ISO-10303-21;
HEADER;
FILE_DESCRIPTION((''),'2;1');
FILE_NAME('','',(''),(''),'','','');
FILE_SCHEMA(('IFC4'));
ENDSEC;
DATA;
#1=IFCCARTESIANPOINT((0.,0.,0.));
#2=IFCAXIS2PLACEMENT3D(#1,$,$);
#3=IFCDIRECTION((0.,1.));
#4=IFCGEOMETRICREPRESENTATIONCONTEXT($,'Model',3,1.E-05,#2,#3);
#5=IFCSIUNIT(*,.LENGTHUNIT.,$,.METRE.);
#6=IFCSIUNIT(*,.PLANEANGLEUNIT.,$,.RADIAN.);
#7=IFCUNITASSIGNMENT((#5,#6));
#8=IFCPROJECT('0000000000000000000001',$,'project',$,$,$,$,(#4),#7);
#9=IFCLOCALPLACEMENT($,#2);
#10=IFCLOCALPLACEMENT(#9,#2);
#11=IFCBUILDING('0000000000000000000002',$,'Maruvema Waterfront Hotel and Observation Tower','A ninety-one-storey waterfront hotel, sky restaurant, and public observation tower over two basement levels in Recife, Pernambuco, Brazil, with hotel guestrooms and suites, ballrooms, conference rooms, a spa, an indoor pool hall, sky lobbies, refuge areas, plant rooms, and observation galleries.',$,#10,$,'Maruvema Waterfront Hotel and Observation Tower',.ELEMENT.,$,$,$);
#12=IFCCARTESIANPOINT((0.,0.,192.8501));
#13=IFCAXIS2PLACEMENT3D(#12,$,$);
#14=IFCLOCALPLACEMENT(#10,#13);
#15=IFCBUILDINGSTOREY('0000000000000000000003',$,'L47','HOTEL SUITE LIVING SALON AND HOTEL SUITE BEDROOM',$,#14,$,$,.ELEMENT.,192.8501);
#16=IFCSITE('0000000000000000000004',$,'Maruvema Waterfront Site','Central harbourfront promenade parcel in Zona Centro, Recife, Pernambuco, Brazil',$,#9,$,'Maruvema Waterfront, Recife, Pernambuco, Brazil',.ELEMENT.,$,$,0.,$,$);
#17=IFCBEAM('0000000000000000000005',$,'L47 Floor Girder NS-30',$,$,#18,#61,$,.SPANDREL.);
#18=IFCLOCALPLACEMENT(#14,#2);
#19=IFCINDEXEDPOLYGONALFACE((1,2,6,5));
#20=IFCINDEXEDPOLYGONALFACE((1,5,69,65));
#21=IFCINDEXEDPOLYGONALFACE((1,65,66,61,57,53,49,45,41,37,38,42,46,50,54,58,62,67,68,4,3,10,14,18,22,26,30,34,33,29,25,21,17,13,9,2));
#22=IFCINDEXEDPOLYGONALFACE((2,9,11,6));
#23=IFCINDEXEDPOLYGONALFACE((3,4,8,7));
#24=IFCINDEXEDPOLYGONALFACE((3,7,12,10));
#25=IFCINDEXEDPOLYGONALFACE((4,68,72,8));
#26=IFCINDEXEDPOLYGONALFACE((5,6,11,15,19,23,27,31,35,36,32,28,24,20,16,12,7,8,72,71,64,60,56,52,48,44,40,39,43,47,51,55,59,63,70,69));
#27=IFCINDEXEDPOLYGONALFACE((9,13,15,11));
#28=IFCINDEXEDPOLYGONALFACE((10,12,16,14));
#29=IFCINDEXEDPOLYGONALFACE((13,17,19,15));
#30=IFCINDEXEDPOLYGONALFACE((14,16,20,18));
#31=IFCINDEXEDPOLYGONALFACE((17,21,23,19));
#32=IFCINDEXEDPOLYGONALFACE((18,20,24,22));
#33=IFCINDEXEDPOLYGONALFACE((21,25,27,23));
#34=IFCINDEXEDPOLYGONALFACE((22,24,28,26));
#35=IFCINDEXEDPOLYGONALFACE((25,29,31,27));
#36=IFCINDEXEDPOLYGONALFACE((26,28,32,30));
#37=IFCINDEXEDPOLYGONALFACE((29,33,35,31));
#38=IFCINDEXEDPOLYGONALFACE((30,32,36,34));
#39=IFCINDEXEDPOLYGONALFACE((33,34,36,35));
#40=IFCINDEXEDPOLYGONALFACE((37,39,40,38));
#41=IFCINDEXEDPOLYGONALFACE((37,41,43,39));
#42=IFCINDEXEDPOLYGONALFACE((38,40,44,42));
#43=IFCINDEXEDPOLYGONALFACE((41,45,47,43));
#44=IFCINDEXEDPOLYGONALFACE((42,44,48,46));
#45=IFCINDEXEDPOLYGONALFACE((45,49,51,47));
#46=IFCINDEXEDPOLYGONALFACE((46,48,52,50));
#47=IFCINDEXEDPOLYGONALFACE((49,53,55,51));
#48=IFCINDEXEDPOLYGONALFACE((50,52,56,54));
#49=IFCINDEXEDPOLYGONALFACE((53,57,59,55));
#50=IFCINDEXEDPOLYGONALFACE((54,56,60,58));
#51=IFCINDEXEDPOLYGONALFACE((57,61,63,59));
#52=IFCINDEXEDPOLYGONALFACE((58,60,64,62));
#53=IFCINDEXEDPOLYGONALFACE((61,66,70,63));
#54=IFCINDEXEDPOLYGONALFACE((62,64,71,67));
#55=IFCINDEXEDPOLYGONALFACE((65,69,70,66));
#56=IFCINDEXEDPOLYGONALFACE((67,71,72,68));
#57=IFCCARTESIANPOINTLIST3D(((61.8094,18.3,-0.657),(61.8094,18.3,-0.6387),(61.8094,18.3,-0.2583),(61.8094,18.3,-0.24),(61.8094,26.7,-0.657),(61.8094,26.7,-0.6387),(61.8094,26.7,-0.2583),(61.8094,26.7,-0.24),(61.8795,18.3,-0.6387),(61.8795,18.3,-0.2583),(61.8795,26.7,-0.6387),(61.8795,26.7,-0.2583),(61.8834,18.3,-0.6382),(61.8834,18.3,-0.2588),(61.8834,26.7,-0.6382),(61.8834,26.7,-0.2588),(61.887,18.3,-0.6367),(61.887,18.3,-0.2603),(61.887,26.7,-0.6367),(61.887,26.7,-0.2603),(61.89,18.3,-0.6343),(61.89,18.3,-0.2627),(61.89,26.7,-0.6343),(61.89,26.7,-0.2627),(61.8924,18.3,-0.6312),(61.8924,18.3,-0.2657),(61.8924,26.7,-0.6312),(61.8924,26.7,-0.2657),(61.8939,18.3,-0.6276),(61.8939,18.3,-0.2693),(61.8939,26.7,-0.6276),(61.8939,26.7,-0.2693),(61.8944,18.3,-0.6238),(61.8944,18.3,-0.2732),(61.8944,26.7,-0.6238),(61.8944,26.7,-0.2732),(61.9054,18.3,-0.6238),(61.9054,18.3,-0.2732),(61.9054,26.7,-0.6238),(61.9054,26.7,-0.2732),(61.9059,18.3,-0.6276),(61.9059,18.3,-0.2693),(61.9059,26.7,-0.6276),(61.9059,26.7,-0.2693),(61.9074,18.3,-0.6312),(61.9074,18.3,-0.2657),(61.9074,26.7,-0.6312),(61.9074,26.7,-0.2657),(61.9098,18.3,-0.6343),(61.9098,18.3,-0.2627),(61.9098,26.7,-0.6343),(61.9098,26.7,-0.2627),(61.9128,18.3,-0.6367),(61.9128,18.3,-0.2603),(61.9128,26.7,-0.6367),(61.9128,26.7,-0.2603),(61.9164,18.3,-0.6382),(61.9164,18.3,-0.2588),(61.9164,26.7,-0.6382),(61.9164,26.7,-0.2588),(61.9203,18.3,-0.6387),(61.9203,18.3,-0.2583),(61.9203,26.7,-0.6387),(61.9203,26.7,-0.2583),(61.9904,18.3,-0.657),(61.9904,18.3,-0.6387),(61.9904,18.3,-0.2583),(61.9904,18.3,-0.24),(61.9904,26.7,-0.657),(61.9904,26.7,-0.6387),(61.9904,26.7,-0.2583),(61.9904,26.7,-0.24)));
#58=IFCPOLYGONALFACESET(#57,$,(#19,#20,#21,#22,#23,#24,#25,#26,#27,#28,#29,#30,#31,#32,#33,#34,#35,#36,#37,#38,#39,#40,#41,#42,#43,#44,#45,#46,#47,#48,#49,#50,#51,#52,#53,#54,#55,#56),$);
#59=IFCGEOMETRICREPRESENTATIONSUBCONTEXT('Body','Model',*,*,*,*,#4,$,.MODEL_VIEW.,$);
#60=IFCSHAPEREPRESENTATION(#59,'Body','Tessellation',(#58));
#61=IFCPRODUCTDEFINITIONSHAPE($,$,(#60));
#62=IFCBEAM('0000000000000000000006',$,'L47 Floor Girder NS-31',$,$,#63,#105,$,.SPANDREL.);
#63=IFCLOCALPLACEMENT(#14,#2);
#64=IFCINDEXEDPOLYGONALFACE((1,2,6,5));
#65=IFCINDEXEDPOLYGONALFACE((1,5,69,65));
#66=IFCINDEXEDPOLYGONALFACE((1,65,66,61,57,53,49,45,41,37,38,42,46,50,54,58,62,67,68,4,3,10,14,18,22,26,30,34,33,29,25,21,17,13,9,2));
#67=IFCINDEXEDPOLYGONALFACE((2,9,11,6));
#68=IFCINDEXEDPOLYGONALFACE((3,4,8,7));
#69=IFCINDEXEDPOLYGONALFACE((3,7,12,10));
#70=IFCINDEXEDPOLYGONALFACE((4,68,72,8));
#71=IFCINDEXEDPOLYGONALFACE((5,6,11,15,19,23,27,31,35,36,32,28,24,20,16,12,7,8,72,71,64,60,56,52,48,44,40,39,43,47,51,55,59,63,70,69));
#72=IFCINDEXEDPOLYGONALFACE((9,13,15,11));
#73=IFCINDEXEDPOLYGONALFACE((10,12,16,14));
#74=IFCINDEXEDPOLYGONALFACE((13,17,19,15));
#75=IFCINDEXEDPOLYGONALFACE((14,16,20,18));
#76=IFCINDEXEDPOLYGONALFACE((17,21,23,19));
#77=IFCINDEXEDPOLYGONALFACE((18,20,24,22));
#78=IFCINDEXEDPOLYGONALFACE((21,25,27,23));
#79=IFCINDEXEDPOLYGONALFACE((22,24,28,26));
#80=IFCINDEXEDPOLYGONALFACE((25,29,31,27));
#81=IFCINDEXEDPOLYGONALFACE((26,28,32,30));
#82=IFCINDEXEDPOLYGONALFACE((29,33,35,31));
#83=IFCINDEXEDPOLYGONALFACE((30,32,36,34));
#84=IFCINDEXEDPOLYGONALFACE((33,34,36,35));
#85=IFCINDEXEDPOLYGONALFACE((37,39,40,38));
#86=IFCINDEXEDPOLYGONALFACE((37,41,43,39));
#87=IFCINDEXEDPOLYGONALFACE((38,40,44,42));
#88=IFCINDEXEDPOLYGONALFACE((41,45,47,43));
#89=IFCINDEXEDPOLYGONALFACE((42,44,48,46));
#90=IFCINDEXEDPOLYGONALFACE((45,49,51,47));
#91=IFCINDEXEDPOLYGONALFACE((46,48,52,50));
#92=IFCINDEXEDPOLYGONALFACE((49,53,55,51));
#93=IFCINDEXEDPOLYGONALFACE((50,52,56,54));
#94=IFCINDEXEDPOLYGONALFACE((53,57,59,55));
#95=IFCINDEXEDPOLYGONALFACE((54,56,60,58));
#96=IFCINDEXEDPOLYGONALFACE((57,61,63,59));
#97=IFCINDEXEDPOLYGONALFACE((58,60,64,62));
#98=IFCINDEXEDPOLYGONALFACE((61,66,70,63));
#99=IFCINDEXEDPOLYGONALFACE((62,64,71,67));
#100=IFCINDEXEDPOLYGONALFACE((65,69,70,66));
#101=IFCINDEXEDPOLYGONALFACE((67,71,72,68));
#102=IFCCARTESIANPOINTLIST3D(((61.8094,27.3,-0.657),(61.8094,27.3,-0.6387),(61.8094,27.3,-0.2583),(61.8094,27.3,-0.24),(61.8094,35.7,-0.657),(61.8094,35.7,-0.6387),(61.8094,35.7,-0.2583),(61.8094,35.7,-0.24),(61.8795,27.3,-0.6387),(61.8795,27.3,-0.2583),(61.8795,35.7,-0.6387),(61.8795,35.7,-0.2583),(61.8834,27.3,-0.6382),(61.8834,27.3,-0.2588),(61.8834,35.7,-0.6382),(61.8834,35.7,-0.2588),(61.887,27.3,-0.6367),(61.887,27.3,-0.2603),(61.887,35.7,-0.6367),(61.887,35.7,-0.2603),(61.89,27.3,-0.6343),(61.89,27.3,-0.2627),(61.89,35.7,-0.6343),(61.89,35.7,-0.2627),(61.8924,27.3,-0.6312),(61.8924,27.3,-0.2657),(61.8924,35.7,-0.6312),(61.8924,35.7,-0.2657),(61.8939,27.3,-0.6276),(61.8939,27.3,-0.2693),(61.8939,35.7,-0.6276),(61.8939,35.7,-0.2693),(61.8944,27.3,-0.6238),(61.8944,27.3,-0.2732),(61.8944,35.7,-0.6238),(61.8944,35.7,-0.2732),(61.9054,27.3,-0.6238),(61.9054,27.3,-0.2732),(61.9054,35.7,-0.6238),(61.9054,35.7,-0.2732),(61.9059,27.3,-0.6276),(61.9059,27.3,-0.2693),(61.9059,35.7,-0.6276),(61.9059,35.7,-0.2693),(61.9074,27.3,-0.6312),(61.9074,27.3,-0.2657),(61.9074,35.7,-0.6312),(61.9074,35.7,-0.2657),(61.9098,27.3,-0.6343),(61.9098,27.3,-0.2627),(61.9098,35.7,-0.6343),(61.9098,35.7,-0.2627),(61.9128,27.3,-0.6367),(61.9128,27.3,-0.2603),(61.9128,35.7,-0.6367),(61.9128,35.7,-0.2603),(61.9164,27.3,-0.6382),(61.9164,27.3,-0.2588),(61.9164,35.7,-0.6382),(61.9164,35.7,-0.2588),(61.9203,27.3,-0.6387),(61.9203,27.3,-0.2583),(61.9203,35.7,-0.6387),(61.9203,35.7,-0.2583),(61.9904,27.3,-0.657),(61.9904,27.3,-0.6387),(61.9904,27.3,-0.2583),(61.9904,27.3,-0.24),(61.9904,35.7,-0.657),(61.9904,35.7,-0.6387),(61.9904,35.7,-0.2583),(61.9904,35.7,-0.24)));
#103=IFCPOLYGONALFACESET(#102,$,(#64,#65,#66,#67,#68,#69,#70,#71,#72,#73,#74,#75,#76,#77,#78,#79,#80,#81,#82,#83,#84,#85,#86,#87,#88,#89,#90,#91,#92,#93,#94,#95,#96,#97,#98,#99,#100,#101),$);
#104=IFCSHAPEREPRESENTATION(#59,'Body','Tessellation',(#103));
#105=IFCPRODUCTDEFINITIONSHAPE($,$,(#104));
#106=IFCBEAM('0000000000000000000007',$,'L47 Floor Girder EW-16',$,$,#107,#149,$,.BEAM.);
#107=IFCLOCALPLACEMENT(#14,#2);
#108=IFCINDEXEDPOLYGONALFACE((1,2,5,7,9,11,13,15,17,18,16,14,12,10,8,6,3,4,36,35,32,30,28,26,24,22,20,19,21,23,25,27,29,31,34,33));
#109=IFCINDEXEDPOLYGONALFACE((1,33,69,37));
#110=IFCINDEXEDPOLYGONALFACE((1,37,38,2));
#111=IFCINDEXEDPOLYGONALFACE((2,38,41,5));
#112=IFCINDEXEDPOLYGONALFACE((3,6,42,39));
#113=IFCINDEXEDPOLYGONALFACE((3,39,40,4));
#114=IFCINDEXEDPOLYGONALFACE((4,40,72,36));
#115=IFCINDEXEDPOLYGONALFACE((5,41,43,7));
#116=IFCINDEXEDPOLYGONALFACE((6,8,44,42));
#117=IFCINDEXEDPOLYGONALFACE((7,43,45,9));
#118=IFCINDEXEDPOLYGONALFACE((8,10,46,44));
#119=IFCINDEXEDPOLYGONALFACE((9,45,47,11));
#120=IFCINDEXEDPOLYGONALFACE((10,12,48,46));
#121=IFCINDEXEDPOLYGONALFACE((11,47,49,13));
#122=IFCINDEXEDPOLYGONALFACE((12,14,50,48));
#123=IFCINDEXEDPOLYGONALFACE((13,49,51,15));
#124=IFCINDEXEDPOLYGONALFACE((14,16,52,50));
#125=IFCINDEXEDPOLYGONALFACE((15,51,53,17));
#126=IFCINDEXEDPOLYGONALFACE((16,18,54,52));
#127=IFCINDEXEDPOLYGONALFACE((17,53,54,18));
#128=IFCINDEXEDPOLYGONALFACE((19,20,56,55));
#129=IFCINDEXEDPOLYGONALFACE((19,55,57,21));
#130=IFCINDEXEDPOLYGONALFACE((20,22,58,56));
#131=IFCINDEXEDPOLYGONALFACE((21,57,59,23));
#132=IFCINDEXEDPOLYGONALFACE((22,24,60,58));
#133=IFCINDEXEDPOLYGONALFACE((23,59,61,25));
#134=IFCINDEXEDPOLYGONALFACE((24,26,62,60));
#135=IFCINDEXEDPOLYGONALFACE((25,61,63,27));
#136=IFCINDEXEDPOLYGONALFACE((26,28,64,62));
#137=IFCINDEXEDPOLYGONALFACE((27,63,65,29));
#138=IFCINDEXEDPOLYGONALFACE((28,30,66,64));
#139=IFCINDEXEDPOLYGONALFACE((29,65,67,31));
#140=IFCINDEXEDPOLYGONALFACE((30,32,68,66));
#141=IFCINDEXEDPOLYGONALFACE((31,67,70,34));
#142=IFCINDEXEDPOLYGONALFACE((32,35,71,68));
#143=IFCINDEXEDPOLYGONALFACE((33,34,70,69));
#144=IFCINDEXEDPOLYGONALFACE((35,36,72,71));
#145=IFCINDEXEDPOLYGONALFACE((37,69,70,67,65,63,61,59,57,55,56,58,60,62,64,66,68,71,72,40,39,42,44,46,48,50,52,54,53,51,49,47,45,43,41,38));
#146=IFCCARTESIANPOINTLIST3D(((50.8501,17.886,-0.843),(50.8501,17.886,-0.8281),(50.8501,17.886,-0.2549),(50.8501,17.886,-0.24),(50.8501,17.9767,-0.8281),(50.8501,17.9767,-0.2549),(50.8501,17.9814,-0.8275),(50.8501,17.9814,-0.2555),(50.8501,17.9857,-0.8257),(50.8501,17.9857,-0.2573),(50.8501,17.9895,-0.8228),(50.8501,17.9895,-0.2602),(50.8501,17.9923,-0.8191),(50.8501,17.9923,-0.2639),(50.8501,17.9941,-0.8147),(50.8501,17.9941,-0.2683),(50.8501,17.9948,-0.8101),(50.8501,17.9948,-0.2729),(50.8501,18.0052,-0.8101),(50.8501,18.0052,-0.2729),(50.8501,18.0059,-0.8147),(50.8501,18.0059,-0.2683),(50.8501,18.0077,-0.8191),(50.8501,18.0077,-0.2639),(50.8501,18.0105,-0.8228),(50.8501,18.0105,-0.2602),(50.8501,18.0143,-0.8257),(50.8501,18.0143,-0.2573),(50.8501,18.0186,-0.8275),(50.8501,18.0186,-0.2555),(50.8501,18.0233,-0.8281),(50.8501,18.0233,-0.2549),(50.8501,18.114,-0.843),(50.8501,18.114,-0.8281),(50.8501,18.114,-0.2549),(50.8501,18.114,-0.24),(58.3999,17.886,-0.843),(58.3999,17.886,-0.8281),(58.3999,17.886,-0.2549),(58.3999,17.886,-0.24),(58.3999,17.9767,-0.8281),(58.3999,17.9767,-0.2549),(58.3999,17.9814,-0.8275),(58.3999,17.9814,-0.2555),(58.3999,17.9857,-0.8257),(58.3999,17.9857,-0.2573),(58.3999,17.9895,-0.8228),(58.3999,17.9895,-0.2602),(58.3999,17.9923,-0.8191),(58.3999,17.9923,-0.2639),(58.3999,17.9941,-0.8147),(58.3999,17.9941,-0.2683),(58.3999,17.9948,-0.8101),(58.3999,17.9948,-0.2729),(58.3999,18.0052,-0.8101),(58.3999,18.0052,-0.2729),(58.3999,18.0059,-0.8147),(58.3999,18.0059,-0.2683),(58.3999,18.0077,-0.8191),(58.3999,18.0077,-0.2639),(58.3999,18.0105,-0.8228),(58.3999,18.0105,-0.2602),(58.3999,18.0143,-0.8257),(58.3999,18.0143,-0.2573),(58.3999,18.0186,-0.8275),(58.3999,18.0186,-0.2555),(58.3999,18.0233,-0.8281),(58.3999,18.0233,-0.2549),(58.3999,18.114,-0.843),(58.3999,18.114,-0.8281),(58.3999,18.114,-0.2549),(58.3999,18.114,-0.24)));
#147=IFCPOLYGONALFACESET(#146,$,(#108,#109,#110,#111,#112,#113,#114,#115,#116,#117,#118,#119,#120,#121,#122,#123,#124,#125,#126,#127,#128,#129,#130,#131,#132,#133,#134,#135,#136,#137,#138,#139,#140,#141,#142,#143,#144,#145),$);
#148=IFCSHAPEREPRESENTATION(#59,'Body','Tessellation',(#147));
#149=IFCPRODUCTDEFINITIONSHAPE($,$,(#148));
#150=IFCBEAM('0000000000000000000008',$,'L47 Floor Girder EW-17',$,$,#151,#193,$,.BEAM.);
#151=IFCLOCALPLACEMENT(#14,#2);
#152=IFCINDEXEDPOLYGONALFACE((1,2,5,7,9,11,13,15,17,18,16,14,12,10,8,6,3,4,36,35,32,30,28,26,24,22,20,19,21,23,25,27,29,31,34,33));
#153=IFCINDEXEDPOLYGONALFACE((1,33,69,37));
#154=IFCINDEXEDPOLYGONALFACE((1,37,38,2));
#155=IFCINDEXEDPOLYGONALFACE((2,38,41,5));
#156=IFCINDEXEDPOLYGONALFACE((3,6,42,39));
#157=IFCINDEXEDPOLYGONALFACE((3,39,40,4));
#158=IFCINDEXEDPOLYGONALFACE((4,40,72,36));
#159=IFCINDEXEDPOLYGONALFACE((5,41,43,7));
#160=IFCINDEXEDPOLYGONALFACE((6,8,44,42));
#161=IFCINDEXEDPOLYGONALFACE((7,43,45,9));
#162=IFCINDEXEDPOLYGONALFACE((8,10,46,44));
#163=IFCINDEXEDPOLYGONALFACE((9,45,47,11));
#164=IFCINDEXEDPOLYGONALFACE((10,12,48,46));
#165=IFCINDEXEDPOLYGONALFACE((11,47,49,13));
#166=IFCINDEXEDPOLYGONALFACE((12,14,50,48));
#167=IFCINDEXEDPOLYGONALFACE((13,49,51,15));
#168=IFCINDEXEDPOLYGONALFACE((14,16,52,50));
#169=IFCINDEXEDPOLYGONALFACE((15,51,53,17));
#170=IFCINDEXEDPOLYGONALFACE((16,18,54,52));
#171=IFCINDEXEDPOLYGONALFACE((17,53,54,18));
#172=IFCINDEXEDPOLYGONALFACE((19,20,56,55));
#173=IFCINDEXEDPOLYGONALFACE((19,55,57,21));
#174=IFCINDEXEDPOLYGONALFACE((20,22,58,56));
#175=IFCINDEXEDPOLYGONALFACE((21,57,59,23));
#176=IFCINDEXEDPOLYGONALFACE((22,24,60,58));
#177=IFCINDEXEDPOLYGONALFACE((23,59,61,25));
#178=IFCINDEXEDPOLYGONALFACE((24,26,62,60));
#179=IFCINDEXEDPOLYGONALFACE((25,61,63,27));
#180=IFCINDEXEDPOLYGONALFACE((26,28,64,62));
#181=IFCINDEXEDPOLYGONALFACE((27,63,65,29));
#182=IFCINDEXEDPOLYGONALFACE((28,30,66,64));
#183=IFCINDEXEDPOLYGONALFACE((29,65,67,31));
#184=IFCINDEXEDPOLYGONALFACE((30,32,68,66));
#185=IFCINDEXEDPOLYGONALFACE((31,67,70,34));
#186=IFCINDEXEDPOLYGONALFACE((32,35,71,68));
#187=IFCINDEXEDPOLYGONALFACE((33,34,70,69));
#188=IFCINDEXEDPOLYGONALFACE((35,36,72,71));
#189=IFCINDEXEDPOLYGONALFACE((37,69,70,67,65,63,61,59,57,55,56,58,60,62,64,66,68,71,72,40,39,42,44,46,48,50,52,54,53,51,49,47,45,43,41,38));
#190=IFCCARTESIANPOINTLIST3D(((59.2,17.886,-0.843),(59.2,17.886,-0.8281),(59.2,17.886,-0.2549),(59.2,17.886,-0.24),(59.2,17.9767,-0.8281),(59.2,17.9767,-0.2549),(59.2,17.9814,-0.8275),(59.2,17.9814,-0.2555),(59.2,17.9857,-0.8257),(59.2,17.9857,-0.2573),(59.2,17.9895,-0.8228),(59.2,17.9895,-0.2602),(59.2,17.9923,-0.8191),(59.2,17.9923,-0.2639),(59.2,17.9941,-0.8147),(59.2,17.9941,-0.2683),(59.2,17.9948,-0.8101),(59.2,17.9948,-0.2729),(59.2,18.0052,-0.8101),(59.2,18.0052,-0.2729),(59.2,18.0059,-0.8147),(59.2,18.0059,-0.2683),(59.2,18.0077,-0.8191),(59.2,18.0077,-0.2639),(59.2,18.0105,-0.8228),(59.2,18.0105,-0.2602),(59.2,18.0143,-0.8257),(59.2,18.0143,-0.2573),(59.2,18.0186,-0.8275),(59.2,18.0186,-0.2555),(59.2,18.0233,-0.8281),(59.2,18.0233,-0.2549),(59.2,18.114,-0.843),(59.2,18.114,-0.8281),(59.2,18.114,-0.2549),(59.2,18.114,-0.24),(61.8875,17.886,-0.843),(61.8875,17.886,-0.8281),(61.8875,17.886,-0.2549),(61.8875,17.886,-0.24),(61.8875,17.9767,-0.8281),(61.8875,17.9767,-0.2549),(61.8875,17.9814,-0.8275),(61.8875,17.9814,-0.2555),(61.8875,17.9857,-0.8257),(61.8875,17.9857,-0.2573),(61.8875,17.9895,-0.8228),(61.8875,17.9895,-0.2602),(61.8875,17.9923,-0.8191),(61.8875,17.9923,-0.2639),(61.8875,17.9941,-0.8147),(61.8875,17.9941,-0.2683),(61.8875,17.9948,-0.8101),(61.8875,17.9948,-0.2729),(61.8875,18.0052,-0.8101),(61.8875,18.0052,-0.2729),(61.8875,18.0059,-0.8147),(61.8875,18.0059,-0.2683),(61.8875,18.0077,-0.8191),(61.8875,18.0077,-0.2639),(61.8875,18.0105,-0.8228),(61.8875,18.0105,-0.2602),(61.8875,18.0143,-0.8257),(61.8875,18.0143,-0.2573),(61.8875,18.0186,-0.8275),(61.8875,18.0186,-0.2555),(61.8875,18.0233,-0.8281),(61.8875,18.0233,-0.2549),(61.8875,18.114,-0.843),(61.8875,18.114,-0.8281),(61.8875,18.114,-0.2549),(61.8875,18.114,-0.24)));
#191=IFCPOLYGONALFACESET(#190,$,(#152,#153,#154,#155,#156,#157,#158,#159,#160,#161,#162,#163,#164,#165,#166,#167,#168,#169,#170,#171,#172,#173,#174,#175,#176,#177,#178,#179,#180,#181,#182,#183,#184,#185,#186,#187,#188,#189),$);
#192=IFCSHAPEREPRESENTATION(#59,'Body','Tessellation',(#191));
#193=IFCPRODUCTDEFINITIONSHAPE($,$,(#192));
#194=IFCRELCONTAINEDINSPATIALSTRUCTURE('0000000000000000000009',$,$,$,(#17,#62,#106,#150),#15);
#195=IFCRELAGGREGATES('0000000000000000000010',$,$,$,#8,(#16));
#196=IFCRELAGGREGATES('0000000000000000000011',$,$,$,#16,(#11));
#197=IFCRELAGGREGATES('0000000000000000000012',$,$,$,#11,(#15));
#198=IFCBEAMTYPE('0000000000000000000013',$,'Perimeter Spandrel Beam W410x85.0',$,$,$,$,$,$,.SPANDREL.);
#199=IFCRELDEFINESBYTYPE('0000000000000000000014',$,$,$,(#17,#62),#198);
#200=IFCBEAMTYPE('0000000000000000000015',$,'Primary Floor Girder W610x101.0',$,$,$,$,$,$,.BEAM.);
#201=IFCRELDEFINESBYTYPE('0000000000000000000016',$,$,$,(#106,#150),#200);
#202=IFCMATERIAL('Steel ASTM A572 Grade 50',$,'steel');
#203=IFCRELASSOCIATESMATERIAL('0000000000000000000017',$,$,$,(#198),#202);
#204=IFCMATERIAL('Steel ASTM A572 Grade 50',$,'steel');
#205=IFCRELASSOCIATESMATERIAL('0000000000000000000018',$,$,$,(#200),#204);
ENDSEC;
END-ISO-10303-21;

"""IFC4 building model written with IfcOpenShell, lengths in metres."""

from ifc_helpers import new_model, si_unit, direction, frame, origin, origin_2d, place, context, subcontext, project, spatial, i_section, extrude, material, material_profile, profile_set, type_object, element, save


model = new_model("IFC4")

# Units and contexts
model_context = context("Model", 3, precision=1e-05, world=origin(), true_north=direction((0.0, 1.0)))
body_context = subcontext(model_context, "Body", "Model", "MODEL_VIEW")
ifc_project = project(units=[si_unit("LENGTHUNIT", "METRE"), si_unit("PLANEANGLEUNIT", "RADIAN")], contexts=[model_context])

# Site, building, storey
site_placement = place(None, origin())
site = spatial("IfcSite", under=ifc_project, at=site_placement, Name="Maruvema Waterfront Site", Description="Central harbourfront promenade parcel in Zona Centro, Recife, Pernambuco, Brazil", LongName="Maruvema Waterfront, Recife, Pernambuco, Brazil", CompositionType="ELEMENT", RefElevation=0.0)
building_placement = place(site_placement, origin())
building = spatial("IfcBuilding", under=site, at=building_placement, Name="Maruvema Waterfront Hotel and Observation Tower", Description="A ninety-one-storey waterfront hotel, sky restaurant, and public observation tower over two basement levels in Recife, Pernambuco, Brazil, with hotel guestrooms and suites, ballrooms, conference rooms, a spa, an indoor pool hall, sky lobbies, refuge areas, plant rooms, and observation galleries.", LongName="Maruvema Waterfront Hotel and Observation Tower", CompositionType="ELEMENT")
storey_placement = place(building_placement, frame((0.0, 0.0, 192.8501)))
storey = spatial("IfcBuildingStorey", under=building, at=storey_placement, Name="L47", Description="HOTEL SUITE LIVING SALON AND HOTEL SUITE BEDROOM", CompositionType="ELEMENT", Elevation=192.8501)

# Beams
ifc_material_1 = material(Name="Steel ASTM A572 Grade 50", Category="steel")
ifc_material_profile_1 = material_profile(ifc_material_1, i_section(OverallWidth=0.1809, OverallDepth=0.417, WebThickness=0.011, FlangeThickness=0.0183, FilletRadius=0.0149, at=origin_2d()), Name="W410x85.0")
ifc_profile_set_1 = profile_set([ifc_material_profile_1], Name="Steel ASTM A572 Grade 50")
beam_type_1 = type_object("IfcBeamType", Name="Perimeter Spandrel Beam W410x85.0", PredefinedType="SPANDREL", material=ifc_profile_set_1)
for number, where, z_axis, x_axis, name in (
    (1, (61.8999, 18.3, -0.4485), (0.0, 1.0, 0.0), (-1.0, 0.0, 0.0), "L47 Floor Girder NS-30"),
    (2, (61.8999, 27.3, -0.4485), (0.0, 1.0, 0.0), (-1.0, 0.0, 0.0), "L47 Floor Girder NS-31"),
):
    element("IfcBeam", number, at=place(storey_placement, frame(where, z_axis=z_axis, x_axis=x_axis)), inside=storey, type_object=beam_type_1, Name=name, PredefinedType="SPANDREL", context=body_context, shape_type="SweptSolid", body=[
        extrude(i_section(OverallWidth=0.1809, OverallDepth=0.417, WebThickness=0.011, FlangeThickness=0.0183, FilletRadius=0.0149, at=origin_2d()), origin(), (0.0, 0.0, 1.0), 8.3999),
    ])
ifc_material_2 = material(Name="Steel ASTM A572 Grade 50", Category="steel")
ifc_material_profile_2 = material_profile(ifc_material_2, i_section(OverallWidth=0.228, OverallDepth=0.603, WebThickness=0.0105, FlangeThickness=0.0149, FilletRadius=0.0181, at=origin_2d()), Name="W610x101.0")
ifc_profile_set_2 = profile_set([ifc_material_profile_2], Name="Steel ASTM A572 Grade 50")
beam_type_2 = type_object("IfcBeamType", Name="Primary Floor Girder W610x101.0", PredefinedType="BEAM", material=ifc_profile_set_2)
beam_1_placement = place(storey_placement, frame((50.8501, 18.0, -0.5415), z_axis=(1.0, 0.0, 0.0), x_axis=(0.0, 1.0, 0.0)))
element("IfcBeam", 3, at=beam_1_placement, inside=storey, type_object=beam_type_2, Name="L47 Floor Girder EW-16", PredefinedType="BEAM", context=body_context, shape_type="SweptSolid", body=[
    extrude(i_section(OverallWidth=0.228, OverallDepth=0.603, WebThickness=0.0105, FlangeThickness=0.0149, FilletRadius=0.0181, at=origin_2d()), origin(), (0.0, 0.0, 1.0), 7.5498),
])
beam_2_placement = place(storey_placement, frame((59.2, 18.0, -0.5415), z_axis=(1.0, 0.0, 0.0), x_axis=(0.0, 1.0, 0.0)))
element("IfcBeam", 4, at=beam_2_placement, inside=storey, type_object=beam_type_2, Name="L47 Floor Girder EW-17", PredefinedType="BEAM", context=body_context, shape_type="SweptSolid", body=[
    extrude(i_section(OverallWidth=0.228, OverallDepth=0.603, WebThickness=0.0105, FlangeThickness=0.0149, FilletRadius=0.0181, at=origin_2d()), origin(), (0.0, 0.0, 1.0), 2.6875),
])

save(model, "model.ifc")
